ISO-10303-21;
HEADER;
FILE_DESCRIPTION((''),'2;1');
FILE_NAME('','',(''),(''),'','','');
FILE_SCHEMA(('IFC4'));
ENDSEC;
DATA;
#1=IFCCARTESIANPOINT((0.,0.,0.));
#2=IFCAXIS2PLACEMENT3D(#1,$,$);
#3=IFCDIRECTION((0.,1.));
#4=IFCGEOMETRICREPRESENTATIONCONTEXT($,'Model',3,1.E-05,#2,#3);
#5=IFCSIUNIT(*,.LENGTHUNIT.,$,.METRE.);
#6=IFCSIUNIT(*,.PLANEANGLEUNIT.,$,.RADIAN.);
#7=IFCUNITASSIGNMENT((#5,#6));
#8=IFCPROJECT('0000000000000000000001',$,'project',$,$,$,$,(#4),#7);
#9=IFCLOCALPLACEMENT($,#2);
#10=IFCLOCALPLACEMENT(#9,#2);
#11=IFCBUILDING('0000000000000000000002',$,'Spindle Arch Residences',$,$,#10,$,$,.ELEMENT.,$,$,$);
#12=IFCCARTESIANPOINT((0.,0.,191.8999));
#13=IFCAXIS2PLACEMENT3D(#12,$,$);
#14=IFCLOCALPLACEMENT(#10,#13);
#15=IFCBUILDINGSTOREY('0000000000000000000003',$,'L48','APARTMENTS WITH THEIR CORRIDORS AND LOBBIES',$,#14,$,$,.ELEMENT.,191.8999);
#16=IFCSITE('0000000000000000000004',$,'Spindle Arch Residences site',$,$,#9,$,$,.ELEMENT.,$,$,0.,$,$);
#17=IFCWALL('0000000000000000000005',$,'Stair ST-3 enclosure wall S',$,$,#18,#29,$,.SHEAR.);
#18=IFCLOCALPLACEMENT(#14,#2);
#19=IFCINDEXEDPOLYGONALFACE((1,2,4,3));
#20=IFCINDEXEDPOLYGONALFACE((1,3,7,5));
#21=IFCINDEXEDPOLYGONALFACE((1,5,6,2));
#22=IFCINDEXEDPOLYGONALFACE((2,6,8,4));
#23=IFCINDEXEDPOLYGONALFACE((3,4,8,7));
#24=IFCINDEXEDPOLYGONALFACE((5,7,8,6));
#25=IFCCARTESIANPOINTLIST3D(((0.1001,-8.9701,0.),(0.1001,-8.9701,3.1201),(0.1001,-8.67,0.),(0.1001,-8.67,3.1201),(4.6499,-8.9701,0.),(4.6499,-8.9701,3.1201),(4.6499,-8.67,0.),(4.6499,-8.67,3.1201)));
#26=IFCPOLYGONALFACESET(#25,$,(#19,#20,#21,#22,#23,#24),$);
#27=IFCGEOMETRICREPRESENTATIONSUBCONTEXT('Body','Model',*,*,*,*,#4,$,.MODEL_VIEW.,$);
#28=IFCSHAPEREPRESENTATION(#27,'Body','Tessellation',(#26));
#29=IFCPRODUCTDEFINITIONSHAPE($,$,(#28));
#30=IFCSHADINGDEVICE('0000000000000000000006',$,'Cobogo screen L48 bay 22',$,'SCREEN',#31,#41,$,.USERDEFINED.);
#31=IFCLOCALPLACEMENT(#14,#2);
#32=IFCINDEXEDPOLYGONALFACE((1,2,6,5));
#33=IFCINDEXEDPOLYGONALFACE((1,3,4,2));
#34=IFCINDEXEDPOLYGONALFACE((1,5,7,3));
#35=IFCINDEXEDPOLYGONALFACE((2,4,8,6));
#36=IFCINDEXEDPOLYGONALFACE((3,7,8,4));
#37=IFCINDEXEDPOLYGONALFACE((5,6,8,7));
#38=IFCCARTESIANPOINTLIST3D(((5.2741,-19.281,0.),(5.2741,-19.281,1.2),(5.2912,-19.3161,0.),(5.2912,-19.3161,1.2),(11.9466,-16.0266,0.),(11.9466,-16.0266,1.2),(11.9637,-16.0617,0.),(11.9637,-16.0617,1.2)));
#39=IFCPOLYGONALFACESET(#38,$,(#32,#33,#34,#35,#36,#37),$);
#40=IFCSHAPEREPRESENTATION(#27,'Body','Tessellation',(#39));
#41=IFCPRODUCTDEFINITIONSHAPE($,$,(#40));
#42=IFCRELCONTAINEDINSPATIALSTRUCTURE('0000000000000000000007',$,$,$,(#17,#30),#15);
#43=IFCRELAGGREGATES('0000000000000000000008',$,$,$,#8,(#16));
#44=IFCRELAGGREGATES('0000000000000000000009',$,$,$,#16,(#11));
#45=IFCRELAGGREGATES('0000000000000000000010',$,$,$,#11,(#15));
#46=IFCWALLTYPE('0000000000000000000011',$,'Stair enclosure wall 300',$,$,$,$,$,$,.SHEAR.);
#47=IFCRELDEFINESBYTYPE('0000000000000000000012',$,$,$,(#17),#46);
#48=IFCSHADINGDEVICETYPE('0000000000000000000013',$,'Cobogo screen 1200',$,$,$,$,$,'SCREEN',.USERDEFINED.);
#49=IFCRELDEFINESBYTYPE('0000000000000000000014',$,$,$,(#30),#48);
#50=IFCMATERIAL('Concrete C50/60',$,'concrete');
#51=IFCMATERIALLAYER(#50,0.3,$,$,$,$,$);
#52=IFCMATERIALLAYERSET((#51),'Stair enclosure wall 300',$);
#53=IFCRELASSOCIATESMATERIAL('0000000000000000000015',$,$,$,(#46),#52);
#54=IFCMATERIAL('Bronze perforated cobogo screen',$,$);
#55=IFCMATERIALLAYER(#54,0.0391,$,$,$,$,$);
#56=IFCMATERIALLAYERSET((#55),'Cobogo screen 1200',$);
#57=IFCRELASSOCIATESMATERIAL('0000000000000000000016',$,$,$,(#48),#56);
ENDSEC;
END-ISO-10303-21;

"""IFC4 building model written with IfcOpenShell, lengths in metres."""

from ifc_helpers import new_model, si_unit, direction, frame, frame_2d, origin, origin_2d, place, context, subcontext, project, spatial, rectangle, extrude, material, layer, layer_set, type_object, element, save


model = new_model("IFC4")

# Units and contexts
model_context = context("Model", 3, precision=1e-05, world=origin(), true_north=direction((0.0, 1.0)))
body_context = subcontext(model_context, "Body", "Model", "MODEL_VIEW")
ifc_project = project(units=[si_unit("LENGTHUNIT", "METRE"), si_unit("PLANEANGLEUNIT", "RADIAN")], contexts=[model_context])

# Site, building, storey
site_placement = place(None, origin())
site = spatial("IfcSite", under=ifc_project, at=site_placement, Name="Spindle Arch Residences site", CompositionType="ELEMENT", RefElevation=0.0)
building_placement = place(site_placement, origin())
building = spatial("IfcBuilding", under=site, at=building_placement, Name="Spindle Arch Residences", CompositionType="ELEMENT")
storey_placement = place(building_placement, frame((0.0, 0.0, 191.8999)))
storey = spatial("IfcBuildingStorey", under=building, at=storey_placement, Name="L48", Description="APARTMENTS WITH THEIR CORRIDORS AND LOBBIES", CompositionType="ELEMENT", Elevation=191.8999)

# Wall
ifc_material_1 = material(Name="Concrete C50/60", Category="concrete")
ifc_layer_1 = layer(ifc_material_1, 0.3)
ifc_layer_set_1 = layer_set([ifc_layer_1], Name="Stair enclosure wall 300")
wall_type_1 = type_object("IfcWallType", Name="Stair enclosure wall 300", PredefinedType="SHEAR", material=ifc_layer_set_1)
wall_1_placement = place(storey_placement, frame((0.1001, -8.8201, 0.0), z_axis=(0.0, 0.0, 1.0), x_axis=(1.0, 0.0, 0.0)))
element("IfcWall", 1, at=wall_1_placement, inside=storey, type_object=wall_type_1, Name="Stair ST-3 enclosure wall S", PredefinedType="SHEAR", context=body_context, shape_type="SweptSolid", body=[
    extrude(rectangle(XDim=4.5498, YDim=0.3, at=frame_2d((2.2749, 0.0))), origin(), (0.0, 0.0, 1.0), 3.1201),
])

# Shading device
ifc_material_2 = material(Name="Bronze perforated cobogo screen")
ifc_layer_2 = layer(ifc_material_2, 0.0391)
ifc_layer_set_2 = layer_set([ifc_layer_2], Name="Cobogo screen 1200")
shading_device_type = type_object("IfcShadingDeviceType", Name="Cobogo screen 1200", ElementType="SCREEN", PredefinedType="USERDEFINED", material=ifc_layer_set_2)
shading_device_placement = place(storey_placement, frame((8.6189, -17.6714, 0.0), z_axis=(0.0, 0.0, 1.0), x_axis=(0.898794, 0.438371, 0.0)))
element("IfcShadingDevice", 2, at=shading_device_placement, inside=storey, type_object=shading_device_type, Name="Cobogo screen L48 bay 22", ObjectType="SCREEN", PredefinedType="USERDEFINED", context=body_context, shape_type="SweptSolid", body=[
    extrude(rectangle(XDim=7.4238, YDim=0.0391, at=origin_2d()), origin(), (0.0, 0.0, 1.0), 1.2),
])

save(model, "model.ifc")
